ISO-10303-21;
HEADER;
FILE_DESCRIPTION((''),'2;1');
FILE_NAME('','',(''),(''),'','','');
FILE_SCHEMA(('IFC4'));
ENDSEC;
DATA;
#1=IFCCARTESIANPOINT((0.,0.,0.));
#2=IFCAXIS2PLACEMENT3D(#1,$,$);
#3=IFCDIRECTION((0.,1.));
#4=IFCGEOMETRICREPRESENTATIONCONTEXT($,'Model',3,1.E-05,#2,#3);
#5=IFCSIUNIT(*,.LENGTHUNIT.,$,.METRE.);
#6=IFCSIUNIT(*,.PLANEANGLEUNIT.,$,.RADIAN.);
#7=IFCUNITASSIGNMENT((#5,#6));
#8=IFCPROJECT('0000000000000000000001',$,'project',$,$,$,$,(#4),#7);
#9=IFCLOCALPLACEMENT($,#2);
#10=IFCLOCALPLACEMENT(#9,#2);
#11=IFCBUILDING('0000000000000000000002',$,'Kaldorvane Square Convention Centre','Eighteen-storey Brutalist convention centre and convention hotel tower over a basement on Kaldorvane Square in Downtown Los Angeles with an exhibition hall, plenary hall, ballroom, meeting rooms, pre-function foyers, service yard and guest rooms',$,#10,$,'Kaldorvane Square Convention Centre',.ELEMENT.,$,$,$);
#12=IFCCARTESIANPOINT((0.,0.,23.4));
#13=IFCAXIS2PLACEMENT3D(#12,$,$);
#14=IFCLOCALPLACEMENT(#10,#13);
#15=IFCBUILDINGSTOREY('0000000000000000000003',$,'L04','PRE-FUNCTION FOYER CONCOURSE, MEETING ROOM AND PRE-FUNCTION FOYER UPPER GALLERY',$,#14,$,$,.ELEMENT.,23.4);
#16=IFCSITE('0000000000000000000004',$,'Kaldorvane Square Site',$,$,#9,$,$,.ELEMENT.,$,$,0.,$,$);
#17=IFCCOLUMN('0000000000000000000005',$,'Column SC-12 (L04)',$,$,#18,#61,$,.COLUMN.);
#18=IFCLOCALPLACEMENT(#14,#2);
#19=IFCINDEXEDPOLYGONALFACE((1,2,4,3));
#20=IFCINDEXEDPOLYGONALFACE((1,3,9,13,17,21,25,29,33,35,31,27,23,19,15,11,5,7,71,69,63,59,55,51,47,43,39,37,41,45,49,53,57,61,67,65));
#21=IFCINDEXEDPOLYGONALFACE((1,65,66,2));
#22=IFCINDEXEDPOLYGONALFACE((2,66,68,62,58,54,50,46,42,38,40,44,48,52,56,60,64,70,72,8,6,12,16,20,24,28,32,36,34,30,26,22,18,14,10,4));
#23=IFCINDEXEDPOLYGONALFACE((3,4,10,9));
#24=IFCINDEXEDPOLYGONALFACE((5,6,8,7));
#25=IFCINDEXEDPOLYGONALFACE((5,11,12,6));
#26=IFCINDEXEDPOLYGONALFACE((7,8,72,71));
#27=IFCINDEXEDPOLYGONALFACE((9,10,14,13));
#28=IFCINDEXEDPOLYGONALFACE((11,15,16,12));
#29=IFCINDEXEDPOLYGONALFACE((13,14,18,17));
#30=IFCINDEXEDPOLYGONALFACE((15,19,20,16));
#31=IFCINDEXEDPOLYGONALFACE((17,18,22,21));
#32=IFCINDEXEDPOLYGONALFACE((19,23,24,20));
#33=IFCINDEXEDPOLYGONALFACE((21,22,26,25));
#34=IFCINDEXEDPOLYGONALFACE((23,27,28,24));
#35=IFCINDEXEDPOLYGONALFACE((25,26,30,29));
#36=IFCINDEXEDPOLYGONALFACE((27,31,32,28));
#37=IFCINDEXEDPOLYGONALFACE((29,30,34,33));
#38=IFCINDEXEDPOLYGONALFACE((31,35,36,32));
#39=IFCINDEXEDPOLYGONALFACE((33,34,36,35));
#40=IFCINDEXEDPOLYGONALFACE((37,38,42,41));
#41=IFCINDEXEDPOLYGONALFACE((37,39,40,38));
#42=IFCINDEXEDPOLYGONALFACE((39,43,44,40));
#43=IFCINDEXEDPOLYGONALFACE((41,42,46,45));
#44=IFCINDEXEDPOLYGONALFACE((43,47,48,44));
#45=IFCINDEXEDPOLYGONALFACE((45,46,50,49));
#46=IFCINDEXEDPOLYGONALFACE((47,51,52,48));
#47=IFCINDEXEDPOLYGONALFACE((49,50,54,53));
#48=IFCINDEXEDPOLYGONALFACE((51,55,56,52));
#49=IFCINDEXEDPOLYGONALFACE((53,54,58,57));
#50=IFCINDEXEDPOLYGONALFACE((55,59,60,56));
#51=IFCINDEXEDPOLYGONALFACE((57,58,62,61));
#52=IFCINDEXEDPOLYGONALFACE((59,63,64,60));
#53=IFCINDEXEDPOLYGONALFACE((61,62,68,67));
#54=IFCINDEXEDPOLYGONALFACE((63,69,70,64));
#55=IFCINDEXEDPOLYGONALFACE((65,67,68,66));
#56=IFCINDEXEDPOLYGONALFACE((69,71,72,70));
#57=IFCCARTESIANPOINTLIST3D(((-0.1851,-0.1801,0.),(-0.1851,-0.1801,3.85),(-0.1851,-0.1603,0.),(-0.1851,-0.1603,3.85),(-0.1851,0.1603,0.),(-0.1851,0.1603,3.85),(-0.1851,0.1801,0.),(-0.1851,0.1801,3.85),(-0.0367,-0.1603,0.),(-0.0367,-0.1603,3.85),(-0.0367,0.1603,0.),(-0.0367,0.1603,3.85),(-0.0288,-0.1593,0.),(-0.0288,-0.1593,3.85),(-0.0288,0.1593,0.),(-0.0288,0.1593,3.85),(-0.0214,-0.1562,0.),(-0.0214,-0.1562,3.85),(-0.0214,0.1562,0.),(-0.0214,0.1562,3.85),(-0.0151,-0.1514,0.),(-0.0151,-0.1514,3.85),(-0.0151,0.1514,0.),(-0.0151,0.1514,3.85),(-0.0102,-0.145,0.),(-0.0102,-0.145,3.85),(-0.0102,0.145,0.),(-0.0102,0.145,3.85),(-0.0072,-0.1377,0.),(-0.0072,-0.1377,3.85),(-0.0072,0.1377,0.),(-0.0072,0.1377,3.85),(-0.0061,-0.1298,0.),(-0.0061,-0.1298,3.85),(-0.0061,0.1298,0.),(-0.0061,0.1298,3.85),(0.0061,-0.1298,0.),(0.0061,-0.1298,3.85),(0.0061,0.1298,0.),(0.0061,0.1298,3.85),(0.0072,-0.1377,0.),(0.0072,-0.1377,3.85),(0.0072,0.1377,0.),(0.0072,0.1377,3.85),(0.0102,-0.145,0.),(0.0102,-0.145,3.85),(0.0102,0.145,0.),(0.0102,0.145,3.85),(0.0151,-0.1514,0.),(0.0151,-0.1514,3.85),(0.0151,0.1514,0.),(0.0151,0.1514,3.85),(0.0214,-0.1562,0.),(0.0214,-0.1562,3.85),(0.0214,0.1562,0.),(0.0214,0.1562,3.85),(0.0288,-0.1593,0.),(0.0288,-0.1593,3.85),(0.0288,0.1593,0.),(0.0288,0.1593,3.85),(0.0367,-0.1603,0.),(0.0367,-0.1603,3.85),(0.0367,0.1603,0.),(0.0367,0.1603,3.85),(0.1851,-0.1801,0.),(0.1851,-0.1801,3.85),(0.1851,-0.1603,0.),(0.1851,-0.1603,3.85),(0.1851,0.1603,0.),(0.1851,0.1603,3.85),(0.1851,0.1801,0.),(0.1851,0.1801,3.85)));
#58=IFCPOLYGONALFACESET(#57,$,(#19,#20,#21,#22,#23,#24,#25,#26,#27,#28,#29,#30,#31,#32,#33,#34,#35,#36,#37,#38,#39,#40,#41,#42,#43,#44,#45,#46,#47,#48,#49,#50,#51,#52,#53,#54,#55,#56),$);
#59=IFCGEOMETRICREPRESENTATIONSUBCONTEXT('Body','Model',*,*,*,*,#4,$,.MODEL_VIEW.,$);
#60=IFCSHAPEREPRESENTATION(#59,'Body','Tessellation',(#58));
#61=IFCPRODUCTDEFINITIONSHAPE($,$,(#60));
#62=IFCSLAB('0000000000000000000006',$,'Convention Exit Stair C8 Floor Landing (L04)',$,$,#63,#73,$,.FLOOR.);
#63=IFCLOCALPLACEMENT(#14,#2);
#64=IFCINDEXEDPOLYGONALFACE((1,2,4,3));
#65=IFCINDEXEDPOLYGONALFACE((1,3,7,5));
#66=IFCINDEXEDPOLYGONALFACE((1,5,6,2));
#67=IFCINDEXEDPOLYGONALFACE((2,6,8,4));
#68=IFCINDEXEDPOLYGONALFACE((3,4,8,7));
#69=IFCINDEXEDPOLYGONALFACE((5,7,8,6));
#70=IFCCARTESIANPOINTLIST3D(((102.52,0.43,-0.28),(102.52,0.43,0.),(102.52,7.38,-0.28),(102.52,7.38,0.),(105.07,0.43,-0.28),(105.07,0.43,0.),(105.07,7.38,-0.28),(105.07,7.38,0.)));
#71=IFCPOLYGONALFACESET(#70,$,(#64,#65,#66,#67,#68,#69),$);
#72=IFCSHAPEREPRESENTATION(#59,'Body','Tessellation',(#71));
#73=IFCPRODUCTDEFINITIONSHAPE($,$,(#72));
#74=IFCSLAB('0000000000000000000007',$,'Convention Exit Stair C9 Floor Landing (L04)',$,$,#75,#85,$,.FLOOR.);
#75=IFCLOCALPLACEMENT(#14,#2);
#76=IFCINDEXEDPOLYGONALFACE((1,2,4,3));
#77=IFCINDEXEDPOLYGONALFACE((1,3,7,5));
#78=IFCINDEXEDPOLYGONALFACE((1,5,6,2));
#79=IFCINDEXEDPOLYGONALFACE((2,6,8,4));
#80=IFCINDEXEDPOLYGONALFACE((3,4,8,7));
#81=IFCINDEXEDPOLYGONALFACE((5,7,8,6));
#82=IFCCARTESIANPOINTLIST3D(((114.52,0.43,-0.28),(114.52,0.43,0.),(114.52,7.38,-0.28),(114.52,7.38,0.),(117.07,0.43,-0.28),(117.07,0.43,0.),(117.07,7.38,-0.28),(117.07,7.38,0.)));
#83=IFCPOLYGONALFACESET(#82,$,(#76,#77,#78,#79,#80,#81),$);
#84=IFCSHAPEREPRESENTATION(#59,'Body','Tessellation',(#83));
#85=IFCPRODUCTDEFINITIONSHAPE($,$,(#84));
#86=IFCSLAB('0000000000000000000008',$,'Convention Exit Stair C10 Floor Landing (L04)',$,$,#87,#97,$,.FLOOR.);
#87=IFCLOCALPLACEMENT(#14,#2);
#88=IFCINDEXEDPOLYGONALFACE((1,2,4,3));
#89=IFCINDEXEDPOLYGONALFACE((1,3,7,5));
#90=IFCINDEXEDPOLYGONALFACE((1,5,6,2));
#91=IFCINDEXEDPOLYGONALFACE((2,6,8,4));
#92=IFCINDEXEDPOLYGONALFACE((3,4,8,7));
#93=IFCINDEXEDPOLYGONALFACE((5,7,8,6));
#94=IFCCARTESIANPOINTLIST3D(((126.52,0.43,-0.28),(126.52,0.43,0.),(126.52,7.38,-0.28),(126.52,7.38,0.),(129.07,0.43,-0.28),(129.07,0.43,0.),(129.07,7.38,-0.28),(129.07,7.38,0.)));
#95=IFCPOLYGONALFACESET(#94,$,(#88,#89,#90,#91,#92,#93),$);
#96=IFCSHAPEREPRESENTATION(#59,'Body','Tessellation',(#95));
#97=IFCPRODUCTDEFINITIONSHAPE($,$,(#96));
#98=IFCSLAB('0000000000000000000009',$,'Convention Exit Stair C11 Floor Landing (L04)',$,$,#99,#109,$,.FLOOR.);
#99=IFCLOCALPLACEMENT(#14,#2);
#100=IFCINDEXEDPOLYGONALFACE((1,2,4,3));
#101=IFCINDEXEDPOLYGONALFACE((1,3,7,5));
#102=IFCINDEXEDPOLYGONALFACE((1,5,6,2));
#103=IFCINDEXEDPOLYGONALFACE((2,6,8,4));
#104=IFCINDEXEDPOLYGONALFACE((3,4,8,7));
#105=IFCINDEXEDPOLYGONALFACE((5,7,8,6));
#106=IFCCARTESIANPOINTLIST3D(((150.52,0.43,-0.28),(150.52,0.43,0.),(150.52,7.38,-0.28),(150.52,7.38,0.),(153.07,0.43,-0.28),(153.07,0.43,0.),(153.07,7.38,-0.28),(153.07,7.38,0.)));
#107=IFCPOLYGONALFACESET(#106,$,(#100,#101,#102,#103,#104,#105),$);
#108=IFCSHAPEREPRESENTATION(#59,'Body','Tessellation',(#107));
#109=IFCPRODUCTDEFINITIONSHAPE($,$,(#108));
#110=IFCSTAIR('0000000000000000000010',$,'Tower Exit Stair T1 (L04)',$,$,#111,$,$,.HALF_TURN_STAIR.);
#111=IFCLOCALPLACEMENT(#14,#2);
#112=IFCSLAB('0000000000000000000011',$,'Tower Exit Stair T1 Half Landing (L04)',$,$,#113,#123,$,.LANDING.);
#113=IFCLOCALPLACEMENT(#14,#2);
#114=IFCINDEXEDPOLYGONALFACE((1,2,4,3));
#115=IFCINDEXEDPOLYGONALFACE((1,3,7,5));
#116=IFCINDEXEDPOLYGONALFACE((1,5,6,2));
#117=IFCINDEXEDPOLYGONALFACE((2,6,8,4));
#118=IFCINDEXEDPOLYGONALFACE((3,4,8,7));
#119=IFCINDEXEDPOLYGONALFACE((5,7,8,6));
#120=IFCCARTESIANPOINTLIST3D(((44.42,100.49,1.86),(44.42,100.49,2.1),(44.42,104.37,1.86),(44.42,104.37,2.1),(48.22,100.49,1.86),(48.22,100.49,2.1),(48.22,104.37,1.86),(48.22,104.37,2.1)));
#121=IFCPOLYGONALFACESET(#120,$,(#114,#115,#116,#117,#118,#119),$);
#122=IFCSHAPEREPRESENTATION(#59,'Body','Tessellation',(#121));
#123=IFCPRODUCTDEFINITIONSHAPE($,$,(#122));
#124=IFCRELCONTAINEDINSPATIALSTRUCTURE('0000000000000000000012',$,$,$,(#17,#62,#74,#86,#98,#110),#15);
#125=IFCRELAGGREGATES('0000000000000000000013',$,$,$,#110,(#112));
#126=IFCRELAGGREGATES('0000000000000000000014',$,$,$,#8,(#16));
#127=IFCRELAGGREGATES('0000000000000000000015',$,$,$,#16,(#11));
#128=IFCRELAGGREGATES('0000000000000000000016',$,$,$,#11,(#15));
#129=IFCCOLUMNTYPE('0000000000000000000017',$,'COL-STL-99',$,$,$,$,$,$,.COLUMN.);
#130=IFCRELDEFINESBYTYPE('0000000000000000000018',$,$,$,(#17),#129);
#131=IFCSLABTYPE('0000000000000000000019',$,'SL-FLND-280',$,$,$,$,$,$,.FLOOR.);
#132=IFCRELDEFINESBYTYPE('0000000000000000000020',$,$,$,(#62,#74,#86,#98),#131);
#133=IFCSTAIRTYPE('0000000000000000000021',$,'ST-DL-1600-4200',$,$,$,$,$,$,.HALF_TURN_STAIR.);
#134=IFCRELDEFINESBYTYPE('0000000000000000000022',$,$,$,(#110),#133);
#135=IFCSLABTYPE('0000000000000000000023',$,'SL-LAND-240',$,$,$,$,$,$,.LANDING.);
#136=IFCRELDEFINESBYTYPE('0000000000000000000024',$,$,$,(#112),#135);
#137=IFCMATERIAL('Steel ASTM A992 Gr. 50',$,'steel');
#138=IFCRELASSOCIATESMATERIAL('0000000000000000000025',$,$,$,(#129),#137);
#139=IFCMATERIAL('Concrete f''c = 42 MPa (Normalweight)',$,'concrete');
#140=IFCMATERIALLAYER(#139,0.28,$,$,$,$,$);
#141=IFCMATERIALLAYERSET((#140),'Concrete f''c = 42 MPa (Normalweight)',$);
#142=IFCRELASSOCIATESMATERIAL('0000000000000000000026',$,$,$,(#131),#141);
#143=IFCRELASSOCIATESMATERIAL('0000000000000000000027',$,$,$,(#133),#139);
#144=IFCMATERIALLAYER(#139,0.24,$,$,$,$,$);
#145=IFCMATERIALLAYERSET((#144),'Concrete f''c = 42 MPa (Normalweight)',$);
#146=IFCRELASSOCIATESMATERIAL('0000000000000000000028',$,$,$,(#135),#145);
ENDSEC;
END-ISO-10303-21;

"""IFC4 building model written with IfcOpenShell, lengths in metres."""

from ifc_helpers import new_model, si_unit, direction, frame, origin, origin_with_axes, origin_2d, place, context, subcontext, project, spatial, polyline, i_section, outline, extrude, material, layer, layer_set, material_profile, profile_set, type_object, element, aggregate, save


model = new_model("IFC4")

# Units and contexts
model_context = context("Model", 3, precision=1e-05, world=origin(), true_north=direction((0.0, 1.0)))
body_context = subcontext(model_context, "Body", "Model", "MODEL_VIEW")
ifc_project = project(units=[si_unit("LENGTHUNIT", "METRE"), si_unit("PLANEANGLEUNIT", "RADIAN")], contexts=[model_context])

# Site, building, storey
site_placement = place(None, origin())
site = spatial("IfcSite", under=ifc_project, at=site_placement, Name="Kaldorvane Square Site", CompositionType="ELEMENT", RefElevation=0.0)
building_placement = place(site_placement, origin())
building = spatial("IfcBuilding", under=site, at=building_placement, Name="Kaldorvane Square Convention Centre", Description="Eighteen-storey Brutalist convention centre and convention hotel tower over a basement on Kaldorvane Square in Downtown Los Angeles with an exhibition hall, plenary hall, ballroom, meeting rooms, pre-function foyers, service yard and guest rooms", LongName="Kaldorvane Square Convention Centre", CompositionType="ELEMENT")
storey_placement = place(building_placement, frame((0.0, 0.0, 23.4)))
storey = spatial("IfcBuildingStorey", under=building, at=storey_placement, Name="L04", Description="PRE-FUNCTION FOYER CONCOURSE, MEETING ROOM AND PRE-FUNCTION FOYER UPPER GALLERY", CompositionType="ELEMENT", Elevation=23.4)

# Column
ifc_material_1 = material(Name="Steel ASTM A992 Gr. 50", Category="steel")
ifc_material_profile = material_profile(ifc_material_1, i_section(OverallWidth=0.3701, OverallDepth=0.3602, WebThickness=0.0123, FlangeThickness=0.0198, FilletRadius=0.0305, at=origin_2d()), Name="W14X99")
ifc_profile_set = profile_set([ifc_material_profile], Name="Steel ASTM A992 Gr. 50")
column_type = type_object("IfcColumnType", Name="COL-STL-99", PredefinedType="COLUMN", material=ifc_profile_set)
column_placement = place(storey_placement, origin_with_axes())
element("IfcColumn", 1, at=column_placement, inside=storey, type_object=column_type, Name="Column SC-12 (L04)", PredefinedType="COLUMN", context=body_context, shape_type="SweptSolid", body=[
    extrude(i_section(OverallWidth=0.3701, OverallDepth=0.3602, WebThickness=0.0123, FlangeThickness=0.0198, FilletRadius=0.0305, at=origin_2d()), origin(), (0.0, 0.0, 1.0), 3.85),
])

# Slabs
ifc_material_2 = material(Name="Concrete f'c = 42 MPa (Normalweight)", Category="concrete")
ifc_layer_1 = layer(ifc_material_2, 0.28)
ifc_layer_set_1 = layer_set([ifc_layer_1], Name="Concrete f'c = 42 MPa (Normalweight)")
slab_type_1 = type_object("IfcSlabType", Name="SL-FLND-280", PredefinedType="FLOOR", material=ifc_layer_set_1)
slab_1_placement = place(storey_placement, frame((0.0, 0.0, -0.28)))
element("IfcSlab", 2, at=slab_1_placement, inside=storey, type_object=slab_type_1, Name="Convention Exit Stair C8 Floor Landing (L04)", PredefinedType="FLOOR", context=body_context, shape_type="SweptSolid", body=[
    extrude(outline(polyline([(102.52, 0.43), (105.07, 0.43), (105.07, 7.38), (102.52, 7.38), (102.52, 0.43)])), origin(), (0.0, 0.0, 1.0), 0.28),
])
slab_2_placement = place(storey_placement, frame((0.0, 0.0, -0.28)))
element("IfcSlab", 3, at=slab_2_placement, inside=storey, type_object=slab_type_1, Name="Convention Exit Stair C9 Floor Landing (L04)", PredefinedType="FLOOR", context=body_context, shape_type="SweptSolid", body=[
    extrude(outline(polyline([(114.52, 0.43), (117.07, 0.43), (117.07, 7.38), (114.52, 7.38), (114.52, 0.43)])), origin(), (0.0, 0.0, 1.0), 0.28),
])
slab_3_placement = place(storey_placement, frame((0.0, 0.0, -0.28)))
element("IfcSlab", 4, at=slab_3_placement, inside=storey, type_object=slab_type_1, Name="Convention Exit Stair C10 Floor Landing (L04)", PredefinedType="FLOOR", context=body_context, shape_type="SweptSolid", body=[
    extrude(outline(polyline([(126.52, 0.43), (129.07, 0.43), (129.07, 7.38), (126.52, 7.38), (126.52, 0.43)])), origin(), (0.0, 0.0, 1.0), 0.28),
])
slab_4_placement = place(storey_placement, frame((0.0, 0.0, -0.28)))
element("IfcSlab", 5, at=slab_4_placement, inside=storey, type_object=slab_type_1, Name="Convention Exit Stair C11 Floor Landing (L04)", PredefinedType="FLOOR", context=body_context, shape_type="SweptSolid", body=[
    extrude(outline(polyline([(150.52, 0.43), (153.07, 0.43), (153.07, 7.38), (150.52, 7.38), (150.52, 0.43)])), origin(), (0.0, 0.0, 1.0), 0.28),
])

# Stair, slab
stair_type = type_object("IfcStairType", Name="ST-DL-1600-4200", PredefinedType="HALF_TURN_STAIR", material=ifc_material_2)
stair_placement = place(storey_placement, origin())
stair = element("IfcStair", 6, at=stair_placement, inside=storey, type_object=stair_type, Name="Tower Exit Stair T1 (L04)", PredefinedType="HALF_TURN_STAIR")
ifc_layer_2 = layer(ifc_material_2, 0.24)
ifc_layer_set_2 = layer_set([ifc_layer_2], Name="Concrete f'c = 42 MPa (Normalweight)")
slab_type_2 = type_object("IfcSlabType", Name="SL-LAND-240", PredefinedType="LANDING", material=ifc_layer_set_2)
slab_5_placement = place(storey_placement, frame((0.0, 0.0, 1.86)))
slab_5 = element("IfcSlab", 7, at=slab_5_placement, type_object=slab_type_2, Name="Tower Exit Stair T1 Half Landing (L04)", PredefinedType="LANDING", context=body_context, shape_type="SweptSolid", body=[
    extrude(outline(polyline([(44.42, 100.49), (48.22, 100.49), (48.22, 104.37), (44.42, 104.37), (44.42, 100.49)])), origin(), (0.0, 0.0, 1.0), 0.24),
])
aggregate(stair, [slab_5])

save(model, "model.ifc")
